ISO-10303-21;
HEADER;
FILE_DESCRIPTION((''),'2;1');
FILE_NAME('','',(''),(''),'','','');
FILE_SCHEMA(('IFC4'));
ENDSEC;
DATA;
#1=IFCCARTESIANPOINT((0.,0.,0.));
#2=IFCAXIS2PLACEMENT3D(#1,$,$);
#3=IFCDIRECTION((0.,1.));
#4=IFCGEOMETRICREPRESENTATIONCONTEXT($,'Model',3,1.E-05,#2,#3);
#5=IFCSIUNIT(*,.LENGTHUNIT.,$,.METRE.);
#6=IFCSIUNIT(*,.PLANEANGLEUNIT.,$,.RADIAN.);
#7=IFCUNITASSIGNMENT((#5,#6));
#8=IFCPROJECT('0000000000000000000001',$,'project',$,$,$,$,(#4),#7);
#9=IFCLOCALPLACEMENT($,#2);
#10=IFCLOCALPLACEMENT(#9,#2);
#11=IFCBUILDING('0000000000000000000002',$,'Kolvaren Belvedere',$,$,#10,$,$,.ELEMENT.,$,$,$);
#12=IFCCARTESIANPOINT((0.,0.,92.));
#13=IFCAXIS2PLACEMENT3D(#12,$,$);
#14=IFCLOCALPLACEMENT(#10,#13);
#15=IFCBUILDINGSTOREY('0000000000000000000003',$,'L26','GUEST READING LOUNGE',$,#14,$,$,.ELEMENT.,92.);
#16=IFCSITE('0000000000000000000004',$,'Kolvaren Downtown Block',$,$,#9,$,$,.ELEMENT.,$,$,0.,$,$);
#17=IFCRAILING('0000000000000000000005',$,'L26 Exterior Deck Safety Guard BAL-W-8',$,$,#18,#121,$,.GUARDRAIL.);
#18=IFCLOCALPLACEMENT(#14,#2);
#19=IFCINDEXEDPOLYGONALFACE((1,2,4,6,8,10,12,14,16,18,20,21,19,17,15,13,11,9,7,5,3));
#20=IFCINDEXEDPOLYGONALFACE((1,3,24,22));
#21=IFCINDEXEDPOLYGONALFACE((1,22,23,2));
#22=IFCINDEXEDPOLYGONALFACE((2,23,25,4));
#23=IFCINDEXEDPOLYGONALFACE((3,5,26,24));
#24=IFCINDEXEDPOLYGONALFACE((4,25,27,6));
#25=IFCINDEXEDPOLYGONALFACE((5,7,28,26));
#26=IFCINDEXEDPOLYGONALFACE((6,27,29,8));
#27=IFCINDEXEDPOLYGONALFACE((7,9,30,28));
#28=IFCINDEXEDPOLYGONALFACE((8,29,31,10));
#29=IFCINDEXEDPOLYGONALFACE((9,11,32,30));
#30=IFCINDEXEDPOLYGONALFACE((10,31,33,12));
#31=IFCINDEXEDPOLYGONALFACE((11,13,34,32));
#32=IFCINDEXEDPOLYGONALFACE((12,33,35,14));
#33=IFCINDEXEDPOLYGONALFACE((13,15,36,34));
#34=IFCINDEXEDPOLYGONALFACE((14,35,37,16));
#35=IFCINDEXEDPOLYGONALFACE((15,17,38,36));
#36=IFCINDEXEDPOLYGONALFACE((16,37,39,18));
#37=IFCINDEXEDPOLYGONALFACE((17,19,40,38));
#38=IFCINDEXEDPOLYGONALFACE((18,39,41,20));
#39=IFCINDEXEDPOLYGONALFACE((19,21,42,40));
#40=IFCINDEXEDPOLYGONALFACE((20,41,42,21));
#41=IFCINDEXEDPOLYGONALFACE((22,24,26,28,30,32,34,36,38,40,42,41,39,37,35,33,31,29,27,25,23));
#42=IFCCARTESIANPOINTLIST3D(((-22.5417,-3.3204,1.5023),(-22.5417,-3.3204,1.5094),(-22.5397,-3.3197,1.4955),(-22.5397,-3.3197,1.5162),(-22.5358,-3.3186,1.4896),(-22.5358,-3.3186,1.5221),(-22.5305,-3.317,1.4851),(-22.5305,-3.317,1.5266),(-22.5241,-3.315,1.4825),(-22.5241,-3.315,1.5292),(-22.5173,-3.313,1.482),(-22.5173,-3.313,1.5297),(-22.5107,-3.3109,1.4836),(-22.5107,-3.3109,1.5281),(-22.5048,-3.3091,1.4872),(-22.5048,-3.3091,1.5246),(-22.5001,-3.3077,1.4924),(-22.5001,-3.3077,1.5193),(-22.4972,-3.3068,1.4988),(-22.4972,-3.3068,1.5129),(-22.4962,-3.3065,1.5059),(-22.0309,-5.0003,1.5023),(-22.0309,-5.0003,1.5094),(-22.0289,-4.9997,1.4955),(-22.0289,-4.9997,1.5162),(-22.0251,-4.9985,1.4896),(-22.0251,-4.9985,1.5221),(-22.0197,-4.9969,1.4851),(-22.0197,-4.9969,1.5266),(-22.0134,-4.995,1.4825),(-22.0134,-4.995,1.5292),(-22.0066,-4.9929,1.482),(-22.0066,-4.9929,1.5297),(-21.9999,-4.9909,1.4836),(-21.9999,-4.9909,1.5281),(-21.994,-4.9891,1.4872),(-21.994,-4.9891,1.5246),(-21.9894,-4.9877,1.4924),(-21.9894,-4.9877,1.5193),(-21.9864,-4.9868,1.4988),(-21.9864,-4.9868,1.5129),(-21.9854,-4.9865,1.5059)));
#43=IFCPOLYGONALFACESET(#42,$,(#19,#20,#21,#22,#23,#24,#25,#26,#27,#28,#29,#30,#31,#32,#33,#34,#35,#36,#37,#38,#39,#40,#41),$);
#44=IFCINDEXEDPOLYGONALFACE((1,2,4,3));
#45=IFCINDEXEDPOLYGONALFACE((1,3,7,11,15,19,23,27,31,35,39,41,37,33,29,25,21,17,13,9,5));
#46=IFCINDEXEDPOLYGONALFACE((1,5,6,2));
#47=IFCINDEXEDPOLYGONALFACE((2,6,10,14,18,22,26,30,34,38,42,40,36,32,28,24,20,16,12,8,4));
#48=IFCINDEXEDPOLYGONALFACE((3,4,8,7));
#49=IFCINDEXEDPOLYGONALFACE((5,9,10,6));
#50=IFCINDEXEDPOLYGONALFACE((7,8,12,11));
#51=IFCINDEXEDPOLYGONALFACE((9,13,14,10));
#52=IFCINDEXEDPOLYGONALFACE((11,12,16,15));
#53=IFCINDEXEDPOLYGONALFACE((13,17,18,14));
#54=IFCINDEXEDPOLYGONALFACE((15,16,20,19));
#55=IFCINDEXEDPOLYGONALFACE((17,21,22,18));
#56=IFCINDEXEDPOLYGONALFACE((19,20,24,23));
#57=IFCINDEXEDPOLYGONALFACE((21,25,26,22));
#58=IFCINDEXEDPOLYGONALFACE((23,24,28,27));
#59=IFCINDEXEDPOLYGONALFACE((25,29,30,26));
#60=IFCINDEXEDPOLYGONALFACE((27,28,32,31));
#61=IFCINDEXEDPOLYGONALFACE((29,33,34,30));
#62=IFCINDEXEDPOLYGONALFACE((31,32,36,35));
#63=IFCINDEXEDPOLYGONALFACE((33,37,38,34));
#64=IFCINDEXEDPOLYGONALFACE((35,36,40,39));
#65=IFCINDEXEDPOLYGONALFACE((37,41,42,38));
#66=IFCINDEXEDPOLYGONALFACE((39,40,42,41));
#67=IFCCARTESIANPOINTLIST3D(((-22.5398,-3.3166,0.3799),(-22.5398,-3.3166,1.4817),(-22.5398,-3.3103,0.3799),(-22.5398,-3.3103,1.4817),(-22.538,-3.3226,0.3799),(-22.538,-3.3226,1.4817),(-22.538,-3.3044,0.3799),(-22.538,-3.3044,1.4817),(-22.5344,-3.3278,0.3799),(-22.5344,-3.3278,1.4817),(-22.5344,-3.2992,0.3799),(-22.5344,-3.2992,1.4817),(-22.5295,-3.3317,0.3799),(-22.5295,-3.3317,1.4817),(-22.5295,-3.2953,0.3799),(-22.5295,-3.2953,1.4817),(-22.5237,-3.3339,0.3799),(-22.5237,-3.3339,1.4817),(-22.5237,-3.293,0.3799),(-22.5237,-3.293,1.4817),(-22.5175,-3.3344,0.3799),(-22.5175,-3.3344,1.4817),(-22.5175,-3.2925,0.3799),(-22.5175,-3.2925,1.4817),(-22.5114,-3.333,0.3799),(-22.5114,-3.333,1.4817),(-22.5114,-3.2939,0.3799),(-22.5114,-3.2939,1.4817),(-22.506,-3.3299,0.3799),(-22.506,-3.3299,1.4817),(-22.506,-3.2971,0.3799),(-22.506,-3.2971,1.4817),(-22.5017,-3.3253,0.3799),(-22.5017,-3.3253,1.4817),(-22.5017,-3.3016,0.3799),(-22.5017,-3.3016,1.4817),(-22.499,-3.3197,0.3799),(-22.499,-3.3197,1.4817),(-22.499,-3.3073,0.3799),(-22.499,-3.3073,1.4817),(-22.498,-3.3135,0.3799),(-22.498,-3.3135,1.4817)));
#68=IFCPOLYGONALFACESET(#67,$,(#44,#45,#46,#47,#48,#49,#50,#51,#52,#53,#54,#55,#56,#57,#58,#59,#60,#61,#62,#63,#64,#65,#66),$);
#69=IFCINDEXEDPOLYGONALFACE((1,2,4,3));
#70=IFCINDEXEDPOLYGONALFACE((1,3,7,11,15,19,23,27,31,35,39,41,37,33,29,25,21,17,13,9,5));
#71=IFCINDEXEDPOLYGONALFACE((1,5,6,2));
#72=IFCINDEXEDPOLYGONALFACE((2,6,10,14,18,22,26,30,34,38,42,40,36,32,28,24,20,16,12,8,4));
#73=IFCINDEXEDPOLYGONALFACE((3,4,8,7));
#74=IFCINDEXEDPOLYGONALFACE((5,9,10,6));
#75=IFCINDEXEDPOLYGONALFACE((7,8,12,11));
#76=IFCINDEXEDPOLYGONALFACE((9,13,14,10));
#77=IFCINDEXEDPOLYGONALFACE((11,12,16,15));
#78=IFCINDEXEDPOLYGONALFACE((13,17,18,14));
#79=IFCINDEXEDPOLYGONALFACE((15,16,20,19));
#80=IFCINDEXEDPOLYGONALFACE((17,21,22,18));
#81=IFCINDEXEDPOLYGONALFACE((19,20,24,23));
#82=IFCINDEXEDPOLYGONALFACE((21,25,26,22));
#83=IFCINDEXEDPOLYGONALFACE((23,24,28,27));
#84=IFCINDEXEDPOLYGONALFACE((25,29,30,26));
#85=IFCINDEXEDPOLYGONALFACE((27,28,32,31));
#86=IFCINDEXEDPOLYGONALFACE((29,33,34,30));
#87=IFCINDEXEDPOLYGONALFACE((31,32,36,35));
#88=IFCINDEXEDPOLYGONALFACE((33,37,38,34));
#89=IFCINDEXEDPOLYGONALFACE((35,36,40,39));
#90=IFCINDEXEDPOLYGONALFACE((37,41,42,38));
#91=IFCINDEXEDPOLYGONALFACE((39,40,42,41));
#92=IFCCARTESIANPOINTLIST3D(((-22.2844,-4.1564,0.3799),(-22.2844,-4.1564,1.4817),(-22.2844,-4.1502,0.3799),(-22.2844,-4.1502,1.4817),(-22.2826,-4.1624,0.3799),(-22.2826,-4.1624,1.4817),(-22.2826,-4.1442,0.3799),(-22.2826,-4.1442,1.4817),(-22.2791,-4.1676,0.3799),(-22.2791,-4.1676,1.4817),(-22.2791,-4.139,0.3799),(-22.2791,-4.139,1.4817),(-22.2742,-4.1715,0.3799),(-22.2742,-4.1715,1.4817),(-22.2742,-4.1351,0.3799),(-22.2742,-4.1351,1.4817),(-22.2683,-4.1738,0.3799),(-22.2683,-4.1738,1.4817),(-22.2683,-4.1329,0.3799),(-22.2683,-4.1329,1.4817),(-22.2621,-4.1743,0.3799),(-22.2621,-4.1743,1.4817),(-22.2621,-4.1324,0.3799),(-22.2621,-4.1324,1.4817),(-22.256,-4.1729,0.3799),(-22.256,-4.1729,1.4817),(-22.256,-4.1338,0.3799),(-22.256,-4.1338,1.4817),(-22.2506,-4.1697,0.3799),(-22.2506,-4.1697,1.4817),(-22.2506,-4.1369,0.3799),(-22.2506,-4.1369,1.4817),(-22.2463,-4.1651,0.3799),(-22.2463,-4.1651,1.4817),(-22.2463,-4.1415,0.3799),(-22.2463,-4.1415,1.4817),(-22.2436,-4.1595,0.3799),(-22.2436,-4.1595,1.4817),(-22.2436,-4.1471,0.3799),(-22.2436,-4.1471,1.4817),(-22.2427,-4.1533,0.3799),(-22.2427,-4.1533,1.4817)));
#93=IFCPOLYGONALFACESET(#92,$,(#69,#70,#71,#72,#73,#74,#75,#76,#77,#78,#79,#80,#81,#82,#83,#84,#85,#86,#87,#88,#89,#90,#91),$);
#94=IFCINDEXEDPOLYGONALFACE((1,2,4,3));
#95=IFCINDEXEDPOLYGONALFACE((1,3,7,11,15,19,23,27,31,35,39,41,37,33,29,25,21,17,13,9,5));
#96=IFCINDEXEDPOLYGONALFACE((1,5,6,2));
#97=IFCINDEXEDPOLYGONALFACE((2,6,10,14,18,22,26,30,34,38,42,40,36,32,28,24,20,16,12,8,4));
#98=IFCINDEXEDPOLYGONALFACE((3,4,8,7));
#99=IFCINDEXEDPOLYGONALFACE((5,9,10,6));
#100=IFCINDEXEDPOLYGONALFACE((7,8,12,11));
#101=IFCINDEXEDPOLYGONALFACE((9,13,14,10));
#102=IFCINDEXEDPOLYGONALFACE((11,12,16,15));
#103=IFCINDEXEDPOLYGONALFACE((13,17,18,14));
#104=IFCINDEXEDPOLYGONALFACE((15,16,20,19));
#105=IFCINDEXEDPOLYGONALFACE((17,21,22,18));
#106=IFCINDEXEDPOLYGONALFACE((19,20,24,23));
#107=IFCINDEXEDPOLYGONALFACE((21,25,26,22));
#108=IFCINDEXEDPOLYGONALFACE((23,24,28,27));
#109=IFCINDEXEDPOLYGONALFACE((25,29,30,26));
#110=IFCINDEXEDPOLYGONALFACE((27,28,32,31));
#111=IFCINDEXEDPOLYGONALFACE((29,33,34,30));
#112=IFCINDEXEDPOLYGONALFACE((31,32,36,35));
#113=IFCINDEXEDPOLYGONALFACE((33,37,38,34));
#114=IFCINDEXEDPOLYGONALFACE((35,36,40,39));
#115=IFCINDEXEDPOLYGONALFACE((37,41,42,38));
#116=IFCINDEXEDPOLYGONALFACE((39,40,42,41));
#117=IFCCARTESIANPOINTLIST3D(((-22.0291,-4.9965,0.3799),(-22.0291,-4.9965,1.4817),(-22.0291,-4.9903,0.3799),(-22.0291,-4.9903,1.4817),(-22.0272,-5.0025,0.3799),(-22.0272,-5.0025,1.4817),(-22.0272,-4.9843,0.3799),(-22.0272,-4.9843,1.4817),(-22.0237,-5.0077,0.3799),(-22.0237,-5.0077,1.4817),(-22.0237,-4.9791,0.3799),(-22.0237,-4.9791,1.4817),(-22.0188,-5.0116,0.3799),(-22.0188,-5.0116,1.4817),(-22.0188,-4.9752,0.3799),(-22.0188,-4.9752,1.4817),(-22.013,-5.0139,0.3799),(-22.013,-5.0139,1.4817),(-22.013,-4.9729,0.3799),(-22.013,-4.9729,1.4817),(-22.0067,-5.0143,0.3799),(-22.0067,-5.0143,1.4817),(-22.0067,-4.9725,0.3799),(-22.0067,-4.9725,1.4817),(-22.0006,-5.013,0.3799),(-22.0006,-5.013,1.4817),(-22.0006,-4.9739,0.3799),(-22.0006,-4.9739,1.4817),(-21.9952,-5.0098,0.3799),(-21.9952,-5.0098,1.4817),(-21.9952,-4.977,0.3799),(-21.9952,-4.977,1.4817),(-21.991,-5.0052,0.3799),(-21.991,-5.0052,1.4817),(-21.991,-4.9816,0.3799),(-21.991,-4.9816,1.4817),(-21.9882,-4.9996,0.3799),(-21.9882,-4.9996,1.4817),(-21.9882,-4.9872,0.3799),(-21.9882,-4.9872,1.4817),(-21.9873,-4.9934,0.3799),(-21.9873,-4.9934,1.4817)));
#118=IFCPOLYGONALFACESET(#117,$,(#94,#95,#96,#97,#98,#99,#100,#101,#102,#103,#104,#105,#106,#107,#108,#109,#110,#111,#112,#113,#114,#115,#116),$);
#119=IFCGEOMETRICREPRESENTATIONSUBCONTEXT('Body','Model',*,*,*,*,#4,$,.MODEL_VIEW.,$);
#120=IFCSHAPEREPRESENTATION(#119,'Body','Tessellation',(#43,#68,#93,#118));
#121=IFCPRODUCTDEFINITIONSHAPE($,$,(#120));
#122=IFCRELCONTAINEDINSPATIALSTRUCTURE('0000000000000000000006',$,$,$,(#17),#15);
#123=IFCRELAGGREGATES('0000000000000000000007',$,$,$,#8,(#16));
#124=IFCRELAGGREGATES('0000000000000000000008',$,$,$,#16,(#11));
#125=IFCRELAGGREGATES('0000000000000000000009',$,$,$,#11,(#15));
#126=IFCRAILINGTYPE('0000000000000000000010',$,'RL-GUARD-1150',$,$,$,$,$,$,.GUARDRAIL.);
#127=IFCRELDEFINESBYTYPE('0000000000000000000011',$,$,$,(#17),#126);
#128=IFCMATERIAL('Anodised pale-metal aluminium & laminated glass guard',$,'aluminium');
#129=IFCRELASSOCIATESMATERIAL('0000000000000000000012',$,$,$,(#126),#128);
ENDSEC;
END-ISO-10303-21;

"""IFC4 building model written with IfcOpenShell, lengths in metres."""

from ifc_helpers import new_model, si_unit, direction, frame, origin, origin_2d, place, context, subcontext, project, spatial, circle, extrude, material, type_object, element, save


model = new_model("IFC4")

# Units and contexts
model_context = context("Model", 3, precision=1e-05, world=origin(), true_north=direction((0.0, 1.0)))
body_context = subcontext(model_context, "Body", "Model", "MODEL_VIEW")
ifc_project = project(units=[si_unit("LENGTHUNIT", "METRE"), si_unit("PLANEANGLEUNIT", "RADIAN")], contexts=[model_context])

# Site, building, storey
site_placement = place(None, origin())
site = spatial("IfcSite", under=ifc_project, at=site_placement, Name="Kolvaren Downtown Block", CompositionType="ELEMENT", RefElevation=0.0)
building_placement = place(site_placement, origin())
building = spatial("IfcBuilding", under=site, at=building_placement, Name="Kolvaren Belvedere", CompositionType="ELEMENT")
storey_placement = place(building_placement, frame((0.0, 0.0, 92.0)))
storey = spatial("IfcBuildingStorey", under=building, at=storey_placement, Name="L26", Description="GUEST READING LOUNGE", CompositionType="ELEMENT", Elevation=92.0)

# Railing
ifc_material_1 = material(Name="Anodised pale-metal aluminium & laminated glass guard", Category="aluminium")
railing_type = type_object("IfcRailingType", Name="RL-GUARD-1150", PredefinedType="GUARDRAIL", material=ifc_material_1)
railing_1_placement = place(storey_placement, frame((-22.519, -3.3135, 0.3799)))
element("IfcRailing", 1, at=railing_1_placement, inside=storey, type_object=railing_type, Name="L26 Exterior Deck Safety Guard BAL-W-8", PredefinedType="GUARDRAIL", context=body_context, shape_type="SweptSolid", body=[
    extrude(circle(Radius=0.0239, at=origin_2d()), frame((0.0, 0.0, 1.126), z_axis=(0.290879, -0.95676, 0.0), x_axis=(0.95676, 0.290879, 0.0)), (0.0, 0.0, 1.0), 1.7559),
    extrude(circle(Radius=0.021, at=origin_2d()), origin(), (0.0, 0.0, 1.0), 1.1018),
    extrude(circle(Radius=0.021, at=origin_2d()), frame((0.2554, -0.8398, 0.0)), (0.0, 0.0, 1.0), 1.1018),
    extrude(circle(Radius=0.021, at=origin_2d()), frame((0.5107, -1.6799, 0.0)), (0.0, 0.0, 1.0), 1.1018),
])

save(model, "model.ifc")
